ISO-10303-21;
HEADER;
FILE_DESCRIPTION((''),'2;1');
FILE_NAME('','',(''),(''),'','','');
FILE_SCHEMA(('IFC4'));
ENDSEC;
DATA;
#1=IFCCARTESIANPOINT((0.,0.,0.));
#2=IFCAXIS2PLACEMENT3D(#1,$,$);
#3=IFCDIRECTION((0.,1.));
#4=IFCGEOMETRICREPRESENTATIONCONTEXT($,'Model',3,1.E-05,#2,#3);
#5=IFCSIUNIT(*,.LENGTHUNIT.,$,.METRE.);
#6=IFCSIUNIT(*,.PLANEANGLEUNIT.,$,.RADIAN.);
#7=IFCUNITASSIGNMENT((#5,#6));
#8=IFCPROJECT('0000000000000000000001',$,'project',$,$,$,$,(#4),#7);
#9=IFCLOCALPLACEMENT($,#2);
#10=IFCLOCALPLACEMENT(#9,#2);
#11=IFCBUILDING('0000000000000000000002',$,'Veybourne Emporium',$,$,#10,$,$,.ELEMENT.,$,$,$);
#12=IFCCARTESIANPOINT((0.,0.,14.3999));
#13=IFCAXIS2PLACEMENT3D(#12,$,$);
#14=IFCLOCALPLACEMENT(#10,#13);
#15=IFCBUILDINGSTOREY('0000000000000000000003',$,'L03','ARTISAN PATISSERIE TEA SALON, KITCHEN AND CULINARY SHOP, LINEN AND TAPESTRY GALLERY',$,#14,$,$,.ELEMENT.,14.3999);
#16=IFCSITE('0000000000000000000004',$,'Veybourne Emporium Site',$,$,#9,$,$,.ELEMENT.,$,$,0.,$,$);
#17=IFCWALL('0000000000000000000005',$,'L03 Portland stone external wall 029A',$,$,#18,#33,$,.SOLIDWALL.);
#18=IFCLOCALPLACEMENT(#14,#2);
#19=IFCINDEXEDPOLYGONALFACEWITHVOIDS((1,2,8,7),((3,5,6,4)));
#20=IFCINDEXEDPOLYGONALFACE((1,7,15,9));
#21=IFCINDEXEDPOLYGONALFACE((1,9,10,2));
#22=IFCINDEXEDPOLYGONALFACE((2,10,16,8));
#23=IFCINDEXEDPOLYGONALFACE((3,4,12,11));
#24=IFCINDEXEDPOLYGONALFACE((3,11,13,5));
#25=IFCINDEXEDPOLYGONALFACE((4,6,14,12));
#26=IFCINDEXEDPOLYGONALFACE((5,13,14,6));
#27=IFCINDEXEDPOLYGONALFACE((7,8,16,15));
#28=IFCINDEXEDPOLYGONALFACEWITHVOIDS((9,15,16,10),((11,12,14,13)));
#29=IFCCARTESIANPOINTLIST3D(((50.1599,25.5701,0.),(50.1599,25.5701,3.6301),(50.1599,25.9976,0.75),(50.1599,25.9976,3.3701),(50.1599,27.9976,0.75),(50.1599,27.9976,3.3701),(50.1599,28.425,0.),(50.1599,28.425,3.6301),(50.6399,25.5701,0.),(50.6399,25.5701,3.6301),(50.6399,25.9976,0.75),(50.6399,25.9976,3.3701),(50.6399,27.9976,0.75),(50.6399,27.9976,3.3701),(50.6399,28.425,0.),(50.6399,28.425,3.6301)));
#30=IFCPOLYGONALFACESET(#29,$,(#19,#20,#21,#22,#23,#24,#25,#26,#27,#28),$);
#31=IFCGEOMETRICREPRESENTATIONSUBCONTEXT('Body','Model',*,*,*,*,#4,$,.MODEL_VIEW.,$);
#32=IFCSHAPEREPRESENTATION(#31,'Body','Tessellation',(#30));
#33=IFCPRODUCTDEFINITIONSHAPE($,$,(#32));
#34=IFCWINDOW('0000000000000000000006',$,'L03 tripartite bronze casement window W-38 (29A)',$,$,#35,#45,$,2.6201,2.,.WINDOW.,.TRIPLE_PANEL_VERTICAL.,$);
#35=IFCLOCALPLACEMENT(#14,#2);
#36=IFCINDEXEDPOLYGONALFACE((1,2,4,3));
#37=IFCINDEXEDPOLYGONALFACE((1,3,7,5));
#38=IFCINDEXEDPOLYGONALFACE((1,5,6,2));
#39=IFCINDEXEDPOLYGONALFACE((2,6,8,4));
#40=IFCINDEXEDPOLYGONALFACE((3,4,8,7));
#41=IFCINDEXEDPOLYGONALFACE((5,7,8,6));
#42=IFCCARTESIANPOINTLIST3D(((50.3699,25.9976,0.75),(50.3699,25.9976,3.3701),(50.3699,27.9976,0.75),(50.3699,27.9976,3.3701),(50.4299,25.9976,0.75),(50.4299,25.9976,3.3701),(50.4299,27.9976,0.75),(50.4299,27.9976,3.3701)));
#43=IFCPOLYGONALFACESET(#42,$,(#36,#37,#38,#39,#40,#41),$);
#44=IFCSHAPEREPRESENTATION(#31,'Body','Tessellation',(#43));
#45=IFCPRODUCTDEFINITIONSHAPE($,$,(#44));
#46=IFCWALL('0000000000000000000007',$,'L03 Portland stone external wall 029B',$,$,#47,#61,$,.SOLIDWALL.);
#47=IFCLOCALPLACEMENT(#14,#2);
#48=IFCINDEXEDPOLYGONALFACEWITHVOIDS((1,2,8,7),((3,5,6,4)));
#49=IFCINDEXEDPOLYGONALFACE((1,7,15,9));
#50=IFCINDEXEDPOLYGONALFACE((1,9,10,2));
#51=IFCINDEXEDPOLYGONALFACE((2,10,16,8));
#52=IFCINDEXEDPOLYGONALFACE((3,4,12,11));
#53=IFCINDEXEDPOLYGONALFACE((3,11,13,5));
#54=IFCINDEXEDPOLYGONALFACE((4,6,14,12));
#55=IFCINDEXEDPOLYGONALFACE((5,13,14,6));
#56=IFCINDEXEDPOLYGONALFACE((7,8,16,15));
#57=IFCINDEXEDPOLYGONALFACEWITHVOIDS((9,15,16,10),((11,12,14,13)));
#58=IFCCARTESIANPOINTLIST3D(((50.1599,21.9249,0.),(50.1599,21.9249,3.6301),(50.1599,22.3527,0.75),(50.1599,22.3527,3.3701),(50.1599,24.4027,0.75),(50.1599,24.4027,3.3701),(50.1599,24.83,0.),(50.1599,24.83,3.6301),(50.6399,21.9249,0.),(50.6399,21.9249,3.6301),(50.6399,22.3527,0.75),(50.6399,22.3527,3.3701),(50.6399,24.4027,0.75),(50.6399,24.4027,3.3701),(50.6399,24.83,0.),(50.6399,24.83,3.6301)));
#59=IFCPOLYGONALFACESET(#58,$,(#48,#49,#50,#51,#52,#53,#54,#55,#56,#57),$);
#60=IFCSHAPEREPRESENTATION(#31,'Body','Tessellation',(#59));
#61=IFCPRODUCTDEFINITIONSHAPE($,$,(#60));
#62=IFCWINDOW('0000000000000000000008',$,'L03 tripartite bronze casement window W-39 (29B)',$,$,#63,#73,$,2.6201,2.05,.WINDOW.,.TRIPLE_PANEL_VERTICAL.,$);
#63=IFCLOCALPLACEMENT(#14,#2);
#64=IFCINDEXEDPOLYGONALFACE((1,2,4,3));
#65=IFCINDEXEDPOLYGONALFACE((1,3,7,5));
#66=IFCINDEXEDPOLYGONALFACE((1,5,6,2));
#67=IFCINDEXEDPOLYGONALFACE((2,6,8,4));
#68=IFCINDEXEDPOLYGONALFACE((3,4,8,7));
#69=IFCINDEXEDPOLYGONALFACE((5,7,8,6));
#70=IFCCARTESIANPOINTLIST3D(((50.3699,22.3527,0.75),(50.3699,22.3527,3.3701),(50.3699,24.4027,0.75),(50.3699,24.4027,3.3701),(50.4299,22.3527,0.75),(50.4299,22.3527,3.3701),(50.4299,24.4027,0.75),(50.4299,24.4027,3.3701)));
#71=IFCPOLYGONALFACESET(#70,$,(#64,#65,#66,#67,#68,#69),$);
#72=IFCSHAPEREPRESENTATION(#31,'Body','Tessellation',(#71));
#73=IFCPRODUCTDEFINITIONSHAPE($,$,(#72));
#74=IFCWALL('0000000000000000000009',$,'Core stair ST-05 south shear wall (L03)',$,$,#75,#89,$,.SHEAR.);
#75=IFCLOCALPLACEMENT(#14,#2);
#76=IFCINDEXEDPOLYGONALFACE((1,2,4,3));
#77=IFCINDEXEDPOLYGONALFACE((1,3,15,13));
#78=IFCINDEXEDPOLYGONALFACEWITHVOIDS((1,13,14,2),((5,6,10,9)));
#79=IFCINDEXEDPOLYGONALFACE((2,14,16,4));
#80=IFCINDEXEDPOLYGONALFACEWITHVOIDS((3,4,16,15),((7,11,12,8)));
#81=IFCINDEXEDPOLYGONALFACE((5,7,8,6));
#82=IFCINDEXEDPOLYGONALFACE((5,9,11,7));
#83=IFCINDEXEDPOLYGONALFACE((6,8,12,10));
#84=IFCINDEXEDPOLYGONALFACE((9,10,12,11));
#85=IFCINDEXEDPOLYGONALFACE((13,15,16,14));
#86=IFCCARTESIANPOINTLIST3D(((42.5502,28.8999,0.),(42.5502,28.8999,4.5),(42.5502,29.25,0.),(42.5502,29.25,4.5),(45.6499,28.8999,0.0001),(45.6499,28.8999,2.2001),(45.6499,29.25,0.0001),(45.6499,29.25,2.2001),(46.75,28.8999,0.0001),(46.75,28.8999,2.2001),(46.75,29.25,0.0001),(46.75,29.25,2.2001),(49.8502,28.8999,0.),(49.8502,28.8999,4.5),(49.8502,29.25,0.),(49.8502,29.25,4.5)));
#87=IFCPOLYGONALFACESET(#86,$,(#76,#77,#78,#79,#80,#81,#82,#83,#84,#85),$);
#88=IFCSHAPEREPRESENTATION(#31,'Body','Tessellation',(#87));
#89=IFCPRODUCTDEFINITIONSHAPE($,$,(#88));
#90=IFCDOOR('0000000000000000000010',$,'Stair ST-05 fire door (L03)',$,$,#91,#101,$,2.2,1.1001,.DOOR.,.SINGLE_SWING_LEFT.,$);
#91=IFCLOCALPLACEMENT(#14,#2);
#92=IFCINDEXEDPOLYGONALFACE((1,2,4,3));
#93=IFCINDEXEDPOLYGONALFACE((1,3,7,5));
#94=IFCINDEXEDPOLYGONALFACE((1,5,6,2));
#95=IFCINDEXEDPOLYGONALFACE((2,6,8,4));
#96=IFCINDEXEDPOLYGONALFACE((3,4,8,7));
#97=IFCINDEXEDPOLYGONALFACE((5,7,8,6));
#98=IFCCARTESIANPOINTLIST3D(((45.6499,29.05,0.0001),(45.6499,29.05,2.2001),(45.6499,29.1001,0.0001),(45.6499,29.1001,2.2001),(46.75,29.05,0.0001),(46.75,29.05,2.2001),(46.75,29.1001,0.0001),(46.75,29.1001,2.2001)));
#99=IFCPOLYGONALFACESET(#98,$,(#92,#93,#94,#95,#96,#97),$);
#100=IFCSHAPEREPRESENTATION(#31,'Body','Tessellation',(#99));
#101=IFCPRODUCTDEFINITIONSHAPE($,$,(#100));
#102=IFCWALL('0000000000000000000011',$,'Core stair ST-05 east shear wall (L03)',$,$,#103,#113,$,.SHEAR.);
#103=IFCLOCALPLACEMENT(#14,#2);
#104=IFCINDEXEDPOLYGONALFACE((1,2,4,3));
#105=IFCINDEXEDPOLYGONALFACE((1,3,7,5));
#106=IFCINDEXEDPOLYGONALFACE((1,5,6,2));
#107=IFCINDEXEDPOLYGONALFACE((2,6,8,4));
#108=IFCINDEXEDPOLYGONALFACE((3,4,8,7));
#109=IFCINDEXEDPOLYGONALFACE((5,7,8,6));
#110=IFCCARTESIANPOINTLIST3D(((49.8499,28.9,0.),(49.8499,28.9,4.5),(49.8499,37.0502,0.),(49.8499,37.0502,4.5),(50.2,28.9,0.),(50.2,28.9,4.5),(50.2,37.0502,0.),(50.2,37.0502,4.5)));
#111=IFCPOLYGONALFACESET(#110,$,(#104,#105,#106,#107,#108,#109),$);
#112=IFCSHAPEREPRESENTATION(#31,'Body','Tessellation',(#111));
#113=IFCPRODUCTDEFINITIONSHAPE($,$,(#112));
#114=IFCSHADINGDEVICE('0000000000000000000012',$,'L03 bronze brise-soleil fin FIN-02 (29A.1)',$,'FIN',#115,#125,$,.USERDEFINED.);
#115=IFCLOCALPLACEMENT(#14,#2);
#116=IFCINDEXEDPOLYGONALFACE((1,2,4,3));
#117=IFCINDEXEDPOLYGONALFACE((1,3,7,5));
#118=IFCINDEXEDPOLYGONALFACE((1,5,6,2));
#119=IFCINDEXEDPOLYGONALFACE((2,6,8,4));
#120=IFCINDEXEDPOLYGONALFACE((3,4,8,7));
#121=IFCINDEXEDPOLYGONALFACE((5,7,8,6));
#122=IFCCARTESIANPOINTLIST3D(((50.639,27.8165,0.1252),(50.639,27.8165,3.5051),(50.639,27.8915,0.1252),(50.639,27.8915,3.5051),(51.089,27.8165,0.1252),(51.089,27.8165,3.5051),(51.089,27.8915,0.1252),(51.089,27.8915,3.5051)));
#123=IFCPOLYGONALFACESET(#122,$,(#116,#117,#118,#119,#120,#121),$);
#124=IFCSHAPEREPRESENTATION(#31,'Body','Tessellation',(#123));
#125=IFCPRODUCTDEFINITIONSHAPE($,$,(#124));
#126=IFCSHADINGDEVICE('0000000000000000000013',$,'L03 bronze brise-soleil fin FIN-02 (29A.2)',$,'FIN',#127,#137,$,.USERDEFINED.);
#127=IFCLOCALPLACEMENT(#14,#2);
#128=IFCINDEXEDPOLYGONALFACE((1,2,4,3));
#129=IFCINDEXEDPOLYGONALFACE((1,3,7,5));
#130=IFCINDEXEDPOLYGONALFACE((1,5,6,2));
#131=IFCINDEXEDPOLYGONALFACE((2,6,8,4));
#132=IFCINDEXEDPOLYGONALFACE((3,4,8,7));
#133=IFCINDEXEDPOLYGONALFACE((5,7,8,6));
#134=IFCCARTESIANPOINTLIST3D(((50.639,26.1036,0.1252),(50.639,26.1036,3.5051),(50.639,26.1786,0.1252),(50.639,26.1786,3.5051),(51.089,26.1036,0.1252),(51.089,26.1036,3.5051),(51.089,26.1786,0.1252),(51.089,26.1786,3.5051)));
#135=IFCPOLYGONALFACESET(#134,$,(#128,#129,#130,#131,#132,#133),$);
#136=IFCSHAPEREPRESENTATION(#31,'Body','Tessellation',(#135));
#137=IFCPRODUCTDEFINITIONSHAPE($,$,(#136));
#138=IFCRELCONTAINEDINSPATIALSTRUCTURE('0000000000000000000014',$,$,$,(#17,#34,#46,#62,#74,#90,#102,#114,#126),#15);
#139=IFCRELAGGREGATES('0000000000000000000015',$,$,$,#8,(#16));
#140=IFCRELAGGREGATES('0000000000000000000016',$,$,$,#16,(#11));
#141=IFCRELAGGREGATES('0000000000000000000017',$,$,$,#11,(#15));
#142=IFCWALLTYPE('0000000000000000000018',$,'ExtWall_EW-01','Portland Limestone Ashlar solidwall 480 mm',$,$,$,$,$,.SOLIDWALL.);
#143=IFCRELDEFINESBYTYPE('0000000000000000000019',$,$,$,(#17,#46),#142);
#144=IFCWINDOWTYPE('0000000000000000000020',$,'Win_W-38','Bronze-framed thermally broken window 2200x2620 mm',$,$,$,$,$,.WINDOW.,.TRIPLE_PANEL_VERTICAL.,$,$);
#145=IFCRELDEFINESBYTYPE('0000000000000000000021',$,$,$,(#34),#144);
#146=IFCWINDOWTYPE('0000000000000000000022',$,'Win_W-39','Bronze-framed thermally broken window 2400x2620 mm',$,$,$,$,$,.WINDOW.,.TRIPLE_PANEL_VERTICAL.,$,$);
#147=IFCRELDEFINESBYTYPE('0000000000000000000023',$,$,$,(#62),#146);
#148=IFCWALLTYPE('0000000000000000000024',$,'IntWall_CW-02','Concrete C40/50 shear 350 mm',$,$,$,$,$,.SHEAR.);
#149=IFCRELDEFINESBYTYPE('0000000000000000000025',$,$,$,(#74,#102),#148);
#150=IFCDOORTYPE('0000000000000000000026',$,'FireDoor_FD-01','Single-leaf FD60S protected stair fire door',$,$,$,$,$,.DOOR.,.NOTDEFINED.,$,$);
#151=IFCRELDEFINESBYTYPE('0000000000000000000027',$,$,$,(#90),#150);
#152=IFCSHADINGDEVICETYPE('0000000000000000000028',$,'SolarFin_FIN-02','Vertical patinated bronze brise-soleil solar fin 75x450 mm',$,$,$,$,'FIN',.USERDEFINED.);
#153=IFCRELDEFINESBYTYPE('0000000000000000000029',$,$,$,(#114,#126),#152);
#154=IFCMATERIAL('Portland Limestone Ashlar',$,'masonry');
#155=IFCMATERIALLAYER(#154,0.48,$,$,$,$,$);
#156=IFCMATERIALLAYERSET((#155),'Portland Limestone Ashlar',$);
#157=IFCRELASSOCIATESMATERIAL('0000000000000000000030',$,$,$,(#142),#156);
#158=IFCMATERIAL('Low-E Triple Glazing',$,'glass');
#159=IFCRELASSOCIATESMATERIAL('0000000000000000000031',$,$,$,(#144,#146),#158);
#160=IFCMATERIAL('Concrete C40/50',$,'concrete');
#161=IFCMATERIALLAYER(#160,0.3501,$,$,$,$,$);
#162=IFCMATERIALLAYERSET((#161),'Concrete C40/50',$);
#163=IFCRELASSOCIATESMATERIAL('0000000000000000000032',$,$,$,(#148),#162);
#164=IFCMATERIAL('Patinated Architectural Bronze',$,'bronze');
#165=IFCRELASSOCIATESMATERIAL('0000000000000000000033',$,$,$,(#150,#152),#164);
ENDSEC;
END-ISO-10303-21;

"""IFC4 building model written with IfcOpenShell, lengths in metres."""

from ifc_helpers import new_model, si_unit, direction, frame, frame_2d, origin, origin_2d, place, context, subcontext, project, spatial, rectangle, extrude, material, layer, layer_set, type_object, element, fill, save


model = new_model("IFC4")

# Units and contexts
model_context = context("Model", 3, precision=1e-05, world=origin(), true_north=direction((0.0, 1.0)))
body_context = subcontext(model_context, "Body", "Model", "MODEL_VIEW")
ifc_project = project(units=[si_unit("LENGTHUNIT", "METRE"), si_unit("PLANEANGLEUNIT", "RADIAN")], contexts=[model_context])

# Site, building, storey
site_placement = place(None, origin())
site = spatial("IfcSite", under=ifc_project, at=site_placement, Name="Veybourne Emporium Site", CompositionType="ELEMENT", RefElevation=0.0)
building_placement = place(site_placement, origin())
building = spatial("IfcBuilding", under=site, at=building_placement, Name="Veybourne Emporium", CompositionType="ELEMENT")
storey_placement = place(building_placement, frame((0.0, 0.0, 14.3999)))
storey = spatial("IfcBuildingStorey", under=building, at=storey_placement, Name="L03", Description="ARTISAN PATISSERIE TEA SALON, KITCHEN AND CULINARY SHOP, LINEN AND TAPESTRY GALLERY", CompositionType="ELEMENT", Elevation=14.3999)

# Shared definitions
ifc_material_1 = material(Name="Concrete C40/50", Category="concrete")

# Shared definitions
ifc_material_2 = material(Name="Portland Limestone Ashlar", Category="masonry")
ifc_layer_1 = layer(ifc_material_2, 0.48)
ifc_layer_set_1 = layer_set([ifc_layer_1], Name="Portland Limestone Ashlar")
wall_type_1 = type_object("IfcWallType", Name="ExtWall_EW-01", Description="Portland Limestone Ashlar solidwall 480 mm", PredefinedType="SOLIDWALL", material=ifc_layer_set_1)

# Walls, openings, windows
wall_1_placement = place(storey_placement, frame((50.3999, 28.425, 0.0), z_axis=(0.0, 0.0, 1.0), x_axis=(0.0, -1.0, 0.0)))
wall_1 = element("IfcWall", 1, at=wall_1_placement, inside=storey, type_object=wall_type_1, Name="L03 Portland stone external wall 029A", PredefinedType="SOLIDWALL", context=body_context, shape_type="SweptSolid", body=[
    extrude(rectangle(XDim=2.855, YDim=0.48, at=frame_2d((1.4275, 0.0))), origin(), (0.0, 0.0, 1.0), 3.6301),
])
opening_1_placement = place(wall_1_placement, frame((0.4275, 0.0, 0.75)))
opening_1 = element("IfcOpeningElement", 2, at=opening_1_placement, cuts=wall_1, PredefinedType="OPENING", context=body_context, shape_type="SweptSolid", body=[
    extrude(rectangle(XDim=2.0, YDim=2.6201, at=frame_2d((1.0, 1.3101))), frame((0.0, 0.26, 0.0), z_axis=(0.0, -1.0, 0.0), x_axis=(1.0, 0.0, 0.0)), (0.0, 0.0, 1.0), 0.52),
])
ifc_material_3 = material(Name="Low-E Triple Glazing", Category="glass")
window_type_1 = type_object("IfcWindowType", Name="Win_W-38", Description="Bronze-framed thermally broken window 2200x2620 mm", PartitioningType="TRIPLE_PANEL_VERTICAL", PredefinedType="WINDOW", material=ifc_material_3)
window_1_placement = place(opening_1_placement, origin())
window_1 = element("IfcWindow", 3, at=window_1_placement, inside=storey, type_object=window_type_1, Name="L03 tripartite bronze casement window W-38 (29A)", OverallHeight=2.6201, OverallWidth=2.0, PartitioningType="TRIPLE_PANEL_VERTICAL", PredefinedType="WINDOW", context=body_context, shape_type="SweptSolid", body=[
    extrude(rectangle(XDim=2.0, YDim=2.6201, at=frame_2d((1.0, 1.3101))), frame((0.0, 0.03, 0.0), z_axis=(0.0, -1.0, 0.0), x_axis=(1.0, 0.0, 0.0)), (0.0, 0.0, 1.0), 0.0601),
])
fill(opening_1, window_1)
wall_2_placement = place(storey_placement, frame((50.3999, 24.8301, 0.0), z_axis=(0.0, 0.0, 1.0), x_axis=(0.0, -1.0, 0.0)))
wall_2 = element("IfcWall", 4, at=wall_2_placement, inside=storey, type_object=wall_type_1, Name="L03 Portland stone external wall 029B", PredefinedType="SOLIDWALL", context=body_context, shape_type="SweptSolid", body=[
    extrude(rectangle(XDim=2.905, YDim=0.48, at=frame_2d((1.4526, 0.0))), origin(), (0.0, 0.0, 1.0), 3.6301),
])
opening_2_placement = place(wall_2_placement, frame((0.4275, 0.0, 0.75)))
opening_2 = element("IfcOpeningElement", 5, at=opening_2_placement, cuts=wall_2, PredefinedType="OPENING", context=body_context, shape_type="SweptSolid", body=[
    extrude(rectangle(XDim=2.05, YDim=2.6201, at=frame_2d((1.0249, 1.3101))), frame((0.0, 0.26, 0.0), z_axis=(0.0, -1.0, 0.0), x_axis=(1.0, 0.0, 0.0)), (0.0, 0.0, 1.0), 0.52),
])
window_type_2 = type_object("IfcWindowType", Name="Win_W-39", Description="Bronze-framed thermally broken window 2400x2620 mm", PartitioningType="TRIPLE_PANEL_VERTICAL", PredefinedType="WINDOW", material=ifc_material_3)
window_2_placement = place(opening_2_placement, origin())
window_2 = element("IfcWindow", 6, at=window_2_placement, inside=storey, type_object=window_type_2, Name="L03 tripartite bronze casement window W-39 (29B)", OverallHeight=2.6201, OverallWidth=2.05, PartitioningType="TRIPLE_PANEL_VERTICAL", PredefinedType="WINDOW", context=body_context, shape_type="SweptSolid", body=[
    extrude(rectangle(XDim=2.05, YDim=2.6201, at=frame_2d((1.0249, 1.3101))), frame((0.0, 0.03, 0.0), z_axis=(0.0, -1.0, 0.0), x_axis=(1.0, 0.0, 0.0)), (0.0, 0.0, 1.0), 0.0601),
])
fill(opening_2, window_2)

# Wall, opening, door
ifc_layer_2 = layer(ifc_material_1, 0.3501)
ifc_layer_set_2 = layer_set([ifc_layer_2], Name="Concrete C40/50")
wall_type_2 = type_object("IfcWallType", Name="IntWall_CW-02", Description="Concrete C40/50 shear 350 mm", PredefinedType="SHEAR", material=ifc_layer_set_2)
wall_3_placement = place(storey_placement, frame((49.8501, 29.075, 0.0), z_axis=(0.0, 0.0, 1.0), x_axis=(-1.0, 0.0, 0.0)))
wall_3 = element("IfcWall", 7, at=wall_3_placement, inside=storey, type_object=wall_type_2, Name="Core stair ST-05 south shear wall (L03)", PredefinedType="SHEAR", context=body_context, shape_type="SweptSolid", body=[
    extrude(rectangle(XDim=7.3, YDim=0.3501, at=frame_2d((3.6499, 0.0))), origin(), (0.0, 0.0, 1.0), 4.5),
])
opening_3_placement = place(wall_3_placement, frame((3.1001, 0.0, 0.0)))
opening_3 = element("IfcOpeningElement", 8, at=opening_3_placement, cuts=wall_3, PredefinedType="OPENING", context=body_context, shape_type="SweptSolid", body=[
    extrude(rectangle(XDim=1.1001, YDim=2.2, at=frame_2d((0.55, 1.1001))), frame((0.0, 0.1951, 0.0), z_axis=(0.0, -1.0, 0.0), x_axis=(1.0, 0.0, 0.0)), (0.0, 0.0, 1.0), 0.3901),
])
ifc_material_4 = material(Name="Patinated Architectural Bronze", Category="bronze")
door_type = type_object("IfcDoorType", Name="FireDoor_FD-01", Description="Single-leaf FD60S protected stair fire door", OperationType="NOTDEFINED", PredefinedType="DOOR", material=ifc_material_4)
door_placement = place(opening_3_placement, origin())
door = element("IfcDoor", 9, at=door_placement, inside=storey, type_object=door_type, Name="Stair ST-05 fire door (L03)", OperationType="SINGLE_SWING_LEFT", OverallHeight=2.2, OverallWidth=1.1001, PredefinedType="DOOR", context=body_context, shape_type="SweptSolid", body=[
    extrude(rectangle(XDim=1.1001, YDim=2.2, at=frame_2d((0.55, 1.1001))), frame((0.0, 0.0249, 0.0), z_axis=(0.0, -1.0, 0.0), x_axis=(1.0, 0.0, 0.0)), (0.0, 0.0, 1.0), 0.05),
])
fill(opening_3, door)

# Wall
wall_4_placement = place(storey_placement, frame((50.0249, 28.8999, 0.0), z_axis=(0.0, 0.0, 1.0), x_axis=(0.0, 1.0, 0.0)))
element("IfcWall", 10, at=wall_4_placement, inside=storey, type_object=wall_type_2, Name="Core stair ST-05 east shear wall (L03)", PredefinedType="SHEAR", context=body_context, shape_type="SweptSolid", body=[
    extrude(rectangle(XDim=8.1501, YDim=0.3501, at=frame_2d((4.0752, 0.0))), origin(), (0.0, 0.0, 1.0), 4.5),
])

# Shading devices
shading_device_type = type_object("IfcShadingDeviceType", Name="SolarFin_FIN-02", Description="Vertical patinated bronze brise-soleil solar fin 75x450 mm", ElementType="FIN", PredefinedType="USERDEFINED", material=ifc_material_4)
for number, where, z_axis, x_axis, name in (
    (11, (50.864, 27.854, 0.1252), (0.0, 0.0, 1.0), (0.0, -1.0, 0.0), "L03 bronze brise-soleil fin FIN-02 (29A.1)"),
    (12, (50.864, 26.1411, 0.1252), (0.0, 0.0, 1.0), (0.0, -1.0, 0.0), "L03 bronze brise-soleil fin FIN-02 (29A.2)"),
):
    element("IfcShadingDevice", number, at=place(storey_placement, frame(where, z_axis=z_axis, x_axis=x_axis)), inside=storey, type_object=shading_device_type, Name=name, ObjectType="FIN", PredefinedType="USERDEFINED", context=body_context, shape_type="SweptSolid", body=[
        extrude(rectangle(XDim=0.075, YDim=0.45, at=origin_2d()), origin(), (0.0, 0.0, 1.0), 3.3799),
    ])

save(model, "model.ifc")
